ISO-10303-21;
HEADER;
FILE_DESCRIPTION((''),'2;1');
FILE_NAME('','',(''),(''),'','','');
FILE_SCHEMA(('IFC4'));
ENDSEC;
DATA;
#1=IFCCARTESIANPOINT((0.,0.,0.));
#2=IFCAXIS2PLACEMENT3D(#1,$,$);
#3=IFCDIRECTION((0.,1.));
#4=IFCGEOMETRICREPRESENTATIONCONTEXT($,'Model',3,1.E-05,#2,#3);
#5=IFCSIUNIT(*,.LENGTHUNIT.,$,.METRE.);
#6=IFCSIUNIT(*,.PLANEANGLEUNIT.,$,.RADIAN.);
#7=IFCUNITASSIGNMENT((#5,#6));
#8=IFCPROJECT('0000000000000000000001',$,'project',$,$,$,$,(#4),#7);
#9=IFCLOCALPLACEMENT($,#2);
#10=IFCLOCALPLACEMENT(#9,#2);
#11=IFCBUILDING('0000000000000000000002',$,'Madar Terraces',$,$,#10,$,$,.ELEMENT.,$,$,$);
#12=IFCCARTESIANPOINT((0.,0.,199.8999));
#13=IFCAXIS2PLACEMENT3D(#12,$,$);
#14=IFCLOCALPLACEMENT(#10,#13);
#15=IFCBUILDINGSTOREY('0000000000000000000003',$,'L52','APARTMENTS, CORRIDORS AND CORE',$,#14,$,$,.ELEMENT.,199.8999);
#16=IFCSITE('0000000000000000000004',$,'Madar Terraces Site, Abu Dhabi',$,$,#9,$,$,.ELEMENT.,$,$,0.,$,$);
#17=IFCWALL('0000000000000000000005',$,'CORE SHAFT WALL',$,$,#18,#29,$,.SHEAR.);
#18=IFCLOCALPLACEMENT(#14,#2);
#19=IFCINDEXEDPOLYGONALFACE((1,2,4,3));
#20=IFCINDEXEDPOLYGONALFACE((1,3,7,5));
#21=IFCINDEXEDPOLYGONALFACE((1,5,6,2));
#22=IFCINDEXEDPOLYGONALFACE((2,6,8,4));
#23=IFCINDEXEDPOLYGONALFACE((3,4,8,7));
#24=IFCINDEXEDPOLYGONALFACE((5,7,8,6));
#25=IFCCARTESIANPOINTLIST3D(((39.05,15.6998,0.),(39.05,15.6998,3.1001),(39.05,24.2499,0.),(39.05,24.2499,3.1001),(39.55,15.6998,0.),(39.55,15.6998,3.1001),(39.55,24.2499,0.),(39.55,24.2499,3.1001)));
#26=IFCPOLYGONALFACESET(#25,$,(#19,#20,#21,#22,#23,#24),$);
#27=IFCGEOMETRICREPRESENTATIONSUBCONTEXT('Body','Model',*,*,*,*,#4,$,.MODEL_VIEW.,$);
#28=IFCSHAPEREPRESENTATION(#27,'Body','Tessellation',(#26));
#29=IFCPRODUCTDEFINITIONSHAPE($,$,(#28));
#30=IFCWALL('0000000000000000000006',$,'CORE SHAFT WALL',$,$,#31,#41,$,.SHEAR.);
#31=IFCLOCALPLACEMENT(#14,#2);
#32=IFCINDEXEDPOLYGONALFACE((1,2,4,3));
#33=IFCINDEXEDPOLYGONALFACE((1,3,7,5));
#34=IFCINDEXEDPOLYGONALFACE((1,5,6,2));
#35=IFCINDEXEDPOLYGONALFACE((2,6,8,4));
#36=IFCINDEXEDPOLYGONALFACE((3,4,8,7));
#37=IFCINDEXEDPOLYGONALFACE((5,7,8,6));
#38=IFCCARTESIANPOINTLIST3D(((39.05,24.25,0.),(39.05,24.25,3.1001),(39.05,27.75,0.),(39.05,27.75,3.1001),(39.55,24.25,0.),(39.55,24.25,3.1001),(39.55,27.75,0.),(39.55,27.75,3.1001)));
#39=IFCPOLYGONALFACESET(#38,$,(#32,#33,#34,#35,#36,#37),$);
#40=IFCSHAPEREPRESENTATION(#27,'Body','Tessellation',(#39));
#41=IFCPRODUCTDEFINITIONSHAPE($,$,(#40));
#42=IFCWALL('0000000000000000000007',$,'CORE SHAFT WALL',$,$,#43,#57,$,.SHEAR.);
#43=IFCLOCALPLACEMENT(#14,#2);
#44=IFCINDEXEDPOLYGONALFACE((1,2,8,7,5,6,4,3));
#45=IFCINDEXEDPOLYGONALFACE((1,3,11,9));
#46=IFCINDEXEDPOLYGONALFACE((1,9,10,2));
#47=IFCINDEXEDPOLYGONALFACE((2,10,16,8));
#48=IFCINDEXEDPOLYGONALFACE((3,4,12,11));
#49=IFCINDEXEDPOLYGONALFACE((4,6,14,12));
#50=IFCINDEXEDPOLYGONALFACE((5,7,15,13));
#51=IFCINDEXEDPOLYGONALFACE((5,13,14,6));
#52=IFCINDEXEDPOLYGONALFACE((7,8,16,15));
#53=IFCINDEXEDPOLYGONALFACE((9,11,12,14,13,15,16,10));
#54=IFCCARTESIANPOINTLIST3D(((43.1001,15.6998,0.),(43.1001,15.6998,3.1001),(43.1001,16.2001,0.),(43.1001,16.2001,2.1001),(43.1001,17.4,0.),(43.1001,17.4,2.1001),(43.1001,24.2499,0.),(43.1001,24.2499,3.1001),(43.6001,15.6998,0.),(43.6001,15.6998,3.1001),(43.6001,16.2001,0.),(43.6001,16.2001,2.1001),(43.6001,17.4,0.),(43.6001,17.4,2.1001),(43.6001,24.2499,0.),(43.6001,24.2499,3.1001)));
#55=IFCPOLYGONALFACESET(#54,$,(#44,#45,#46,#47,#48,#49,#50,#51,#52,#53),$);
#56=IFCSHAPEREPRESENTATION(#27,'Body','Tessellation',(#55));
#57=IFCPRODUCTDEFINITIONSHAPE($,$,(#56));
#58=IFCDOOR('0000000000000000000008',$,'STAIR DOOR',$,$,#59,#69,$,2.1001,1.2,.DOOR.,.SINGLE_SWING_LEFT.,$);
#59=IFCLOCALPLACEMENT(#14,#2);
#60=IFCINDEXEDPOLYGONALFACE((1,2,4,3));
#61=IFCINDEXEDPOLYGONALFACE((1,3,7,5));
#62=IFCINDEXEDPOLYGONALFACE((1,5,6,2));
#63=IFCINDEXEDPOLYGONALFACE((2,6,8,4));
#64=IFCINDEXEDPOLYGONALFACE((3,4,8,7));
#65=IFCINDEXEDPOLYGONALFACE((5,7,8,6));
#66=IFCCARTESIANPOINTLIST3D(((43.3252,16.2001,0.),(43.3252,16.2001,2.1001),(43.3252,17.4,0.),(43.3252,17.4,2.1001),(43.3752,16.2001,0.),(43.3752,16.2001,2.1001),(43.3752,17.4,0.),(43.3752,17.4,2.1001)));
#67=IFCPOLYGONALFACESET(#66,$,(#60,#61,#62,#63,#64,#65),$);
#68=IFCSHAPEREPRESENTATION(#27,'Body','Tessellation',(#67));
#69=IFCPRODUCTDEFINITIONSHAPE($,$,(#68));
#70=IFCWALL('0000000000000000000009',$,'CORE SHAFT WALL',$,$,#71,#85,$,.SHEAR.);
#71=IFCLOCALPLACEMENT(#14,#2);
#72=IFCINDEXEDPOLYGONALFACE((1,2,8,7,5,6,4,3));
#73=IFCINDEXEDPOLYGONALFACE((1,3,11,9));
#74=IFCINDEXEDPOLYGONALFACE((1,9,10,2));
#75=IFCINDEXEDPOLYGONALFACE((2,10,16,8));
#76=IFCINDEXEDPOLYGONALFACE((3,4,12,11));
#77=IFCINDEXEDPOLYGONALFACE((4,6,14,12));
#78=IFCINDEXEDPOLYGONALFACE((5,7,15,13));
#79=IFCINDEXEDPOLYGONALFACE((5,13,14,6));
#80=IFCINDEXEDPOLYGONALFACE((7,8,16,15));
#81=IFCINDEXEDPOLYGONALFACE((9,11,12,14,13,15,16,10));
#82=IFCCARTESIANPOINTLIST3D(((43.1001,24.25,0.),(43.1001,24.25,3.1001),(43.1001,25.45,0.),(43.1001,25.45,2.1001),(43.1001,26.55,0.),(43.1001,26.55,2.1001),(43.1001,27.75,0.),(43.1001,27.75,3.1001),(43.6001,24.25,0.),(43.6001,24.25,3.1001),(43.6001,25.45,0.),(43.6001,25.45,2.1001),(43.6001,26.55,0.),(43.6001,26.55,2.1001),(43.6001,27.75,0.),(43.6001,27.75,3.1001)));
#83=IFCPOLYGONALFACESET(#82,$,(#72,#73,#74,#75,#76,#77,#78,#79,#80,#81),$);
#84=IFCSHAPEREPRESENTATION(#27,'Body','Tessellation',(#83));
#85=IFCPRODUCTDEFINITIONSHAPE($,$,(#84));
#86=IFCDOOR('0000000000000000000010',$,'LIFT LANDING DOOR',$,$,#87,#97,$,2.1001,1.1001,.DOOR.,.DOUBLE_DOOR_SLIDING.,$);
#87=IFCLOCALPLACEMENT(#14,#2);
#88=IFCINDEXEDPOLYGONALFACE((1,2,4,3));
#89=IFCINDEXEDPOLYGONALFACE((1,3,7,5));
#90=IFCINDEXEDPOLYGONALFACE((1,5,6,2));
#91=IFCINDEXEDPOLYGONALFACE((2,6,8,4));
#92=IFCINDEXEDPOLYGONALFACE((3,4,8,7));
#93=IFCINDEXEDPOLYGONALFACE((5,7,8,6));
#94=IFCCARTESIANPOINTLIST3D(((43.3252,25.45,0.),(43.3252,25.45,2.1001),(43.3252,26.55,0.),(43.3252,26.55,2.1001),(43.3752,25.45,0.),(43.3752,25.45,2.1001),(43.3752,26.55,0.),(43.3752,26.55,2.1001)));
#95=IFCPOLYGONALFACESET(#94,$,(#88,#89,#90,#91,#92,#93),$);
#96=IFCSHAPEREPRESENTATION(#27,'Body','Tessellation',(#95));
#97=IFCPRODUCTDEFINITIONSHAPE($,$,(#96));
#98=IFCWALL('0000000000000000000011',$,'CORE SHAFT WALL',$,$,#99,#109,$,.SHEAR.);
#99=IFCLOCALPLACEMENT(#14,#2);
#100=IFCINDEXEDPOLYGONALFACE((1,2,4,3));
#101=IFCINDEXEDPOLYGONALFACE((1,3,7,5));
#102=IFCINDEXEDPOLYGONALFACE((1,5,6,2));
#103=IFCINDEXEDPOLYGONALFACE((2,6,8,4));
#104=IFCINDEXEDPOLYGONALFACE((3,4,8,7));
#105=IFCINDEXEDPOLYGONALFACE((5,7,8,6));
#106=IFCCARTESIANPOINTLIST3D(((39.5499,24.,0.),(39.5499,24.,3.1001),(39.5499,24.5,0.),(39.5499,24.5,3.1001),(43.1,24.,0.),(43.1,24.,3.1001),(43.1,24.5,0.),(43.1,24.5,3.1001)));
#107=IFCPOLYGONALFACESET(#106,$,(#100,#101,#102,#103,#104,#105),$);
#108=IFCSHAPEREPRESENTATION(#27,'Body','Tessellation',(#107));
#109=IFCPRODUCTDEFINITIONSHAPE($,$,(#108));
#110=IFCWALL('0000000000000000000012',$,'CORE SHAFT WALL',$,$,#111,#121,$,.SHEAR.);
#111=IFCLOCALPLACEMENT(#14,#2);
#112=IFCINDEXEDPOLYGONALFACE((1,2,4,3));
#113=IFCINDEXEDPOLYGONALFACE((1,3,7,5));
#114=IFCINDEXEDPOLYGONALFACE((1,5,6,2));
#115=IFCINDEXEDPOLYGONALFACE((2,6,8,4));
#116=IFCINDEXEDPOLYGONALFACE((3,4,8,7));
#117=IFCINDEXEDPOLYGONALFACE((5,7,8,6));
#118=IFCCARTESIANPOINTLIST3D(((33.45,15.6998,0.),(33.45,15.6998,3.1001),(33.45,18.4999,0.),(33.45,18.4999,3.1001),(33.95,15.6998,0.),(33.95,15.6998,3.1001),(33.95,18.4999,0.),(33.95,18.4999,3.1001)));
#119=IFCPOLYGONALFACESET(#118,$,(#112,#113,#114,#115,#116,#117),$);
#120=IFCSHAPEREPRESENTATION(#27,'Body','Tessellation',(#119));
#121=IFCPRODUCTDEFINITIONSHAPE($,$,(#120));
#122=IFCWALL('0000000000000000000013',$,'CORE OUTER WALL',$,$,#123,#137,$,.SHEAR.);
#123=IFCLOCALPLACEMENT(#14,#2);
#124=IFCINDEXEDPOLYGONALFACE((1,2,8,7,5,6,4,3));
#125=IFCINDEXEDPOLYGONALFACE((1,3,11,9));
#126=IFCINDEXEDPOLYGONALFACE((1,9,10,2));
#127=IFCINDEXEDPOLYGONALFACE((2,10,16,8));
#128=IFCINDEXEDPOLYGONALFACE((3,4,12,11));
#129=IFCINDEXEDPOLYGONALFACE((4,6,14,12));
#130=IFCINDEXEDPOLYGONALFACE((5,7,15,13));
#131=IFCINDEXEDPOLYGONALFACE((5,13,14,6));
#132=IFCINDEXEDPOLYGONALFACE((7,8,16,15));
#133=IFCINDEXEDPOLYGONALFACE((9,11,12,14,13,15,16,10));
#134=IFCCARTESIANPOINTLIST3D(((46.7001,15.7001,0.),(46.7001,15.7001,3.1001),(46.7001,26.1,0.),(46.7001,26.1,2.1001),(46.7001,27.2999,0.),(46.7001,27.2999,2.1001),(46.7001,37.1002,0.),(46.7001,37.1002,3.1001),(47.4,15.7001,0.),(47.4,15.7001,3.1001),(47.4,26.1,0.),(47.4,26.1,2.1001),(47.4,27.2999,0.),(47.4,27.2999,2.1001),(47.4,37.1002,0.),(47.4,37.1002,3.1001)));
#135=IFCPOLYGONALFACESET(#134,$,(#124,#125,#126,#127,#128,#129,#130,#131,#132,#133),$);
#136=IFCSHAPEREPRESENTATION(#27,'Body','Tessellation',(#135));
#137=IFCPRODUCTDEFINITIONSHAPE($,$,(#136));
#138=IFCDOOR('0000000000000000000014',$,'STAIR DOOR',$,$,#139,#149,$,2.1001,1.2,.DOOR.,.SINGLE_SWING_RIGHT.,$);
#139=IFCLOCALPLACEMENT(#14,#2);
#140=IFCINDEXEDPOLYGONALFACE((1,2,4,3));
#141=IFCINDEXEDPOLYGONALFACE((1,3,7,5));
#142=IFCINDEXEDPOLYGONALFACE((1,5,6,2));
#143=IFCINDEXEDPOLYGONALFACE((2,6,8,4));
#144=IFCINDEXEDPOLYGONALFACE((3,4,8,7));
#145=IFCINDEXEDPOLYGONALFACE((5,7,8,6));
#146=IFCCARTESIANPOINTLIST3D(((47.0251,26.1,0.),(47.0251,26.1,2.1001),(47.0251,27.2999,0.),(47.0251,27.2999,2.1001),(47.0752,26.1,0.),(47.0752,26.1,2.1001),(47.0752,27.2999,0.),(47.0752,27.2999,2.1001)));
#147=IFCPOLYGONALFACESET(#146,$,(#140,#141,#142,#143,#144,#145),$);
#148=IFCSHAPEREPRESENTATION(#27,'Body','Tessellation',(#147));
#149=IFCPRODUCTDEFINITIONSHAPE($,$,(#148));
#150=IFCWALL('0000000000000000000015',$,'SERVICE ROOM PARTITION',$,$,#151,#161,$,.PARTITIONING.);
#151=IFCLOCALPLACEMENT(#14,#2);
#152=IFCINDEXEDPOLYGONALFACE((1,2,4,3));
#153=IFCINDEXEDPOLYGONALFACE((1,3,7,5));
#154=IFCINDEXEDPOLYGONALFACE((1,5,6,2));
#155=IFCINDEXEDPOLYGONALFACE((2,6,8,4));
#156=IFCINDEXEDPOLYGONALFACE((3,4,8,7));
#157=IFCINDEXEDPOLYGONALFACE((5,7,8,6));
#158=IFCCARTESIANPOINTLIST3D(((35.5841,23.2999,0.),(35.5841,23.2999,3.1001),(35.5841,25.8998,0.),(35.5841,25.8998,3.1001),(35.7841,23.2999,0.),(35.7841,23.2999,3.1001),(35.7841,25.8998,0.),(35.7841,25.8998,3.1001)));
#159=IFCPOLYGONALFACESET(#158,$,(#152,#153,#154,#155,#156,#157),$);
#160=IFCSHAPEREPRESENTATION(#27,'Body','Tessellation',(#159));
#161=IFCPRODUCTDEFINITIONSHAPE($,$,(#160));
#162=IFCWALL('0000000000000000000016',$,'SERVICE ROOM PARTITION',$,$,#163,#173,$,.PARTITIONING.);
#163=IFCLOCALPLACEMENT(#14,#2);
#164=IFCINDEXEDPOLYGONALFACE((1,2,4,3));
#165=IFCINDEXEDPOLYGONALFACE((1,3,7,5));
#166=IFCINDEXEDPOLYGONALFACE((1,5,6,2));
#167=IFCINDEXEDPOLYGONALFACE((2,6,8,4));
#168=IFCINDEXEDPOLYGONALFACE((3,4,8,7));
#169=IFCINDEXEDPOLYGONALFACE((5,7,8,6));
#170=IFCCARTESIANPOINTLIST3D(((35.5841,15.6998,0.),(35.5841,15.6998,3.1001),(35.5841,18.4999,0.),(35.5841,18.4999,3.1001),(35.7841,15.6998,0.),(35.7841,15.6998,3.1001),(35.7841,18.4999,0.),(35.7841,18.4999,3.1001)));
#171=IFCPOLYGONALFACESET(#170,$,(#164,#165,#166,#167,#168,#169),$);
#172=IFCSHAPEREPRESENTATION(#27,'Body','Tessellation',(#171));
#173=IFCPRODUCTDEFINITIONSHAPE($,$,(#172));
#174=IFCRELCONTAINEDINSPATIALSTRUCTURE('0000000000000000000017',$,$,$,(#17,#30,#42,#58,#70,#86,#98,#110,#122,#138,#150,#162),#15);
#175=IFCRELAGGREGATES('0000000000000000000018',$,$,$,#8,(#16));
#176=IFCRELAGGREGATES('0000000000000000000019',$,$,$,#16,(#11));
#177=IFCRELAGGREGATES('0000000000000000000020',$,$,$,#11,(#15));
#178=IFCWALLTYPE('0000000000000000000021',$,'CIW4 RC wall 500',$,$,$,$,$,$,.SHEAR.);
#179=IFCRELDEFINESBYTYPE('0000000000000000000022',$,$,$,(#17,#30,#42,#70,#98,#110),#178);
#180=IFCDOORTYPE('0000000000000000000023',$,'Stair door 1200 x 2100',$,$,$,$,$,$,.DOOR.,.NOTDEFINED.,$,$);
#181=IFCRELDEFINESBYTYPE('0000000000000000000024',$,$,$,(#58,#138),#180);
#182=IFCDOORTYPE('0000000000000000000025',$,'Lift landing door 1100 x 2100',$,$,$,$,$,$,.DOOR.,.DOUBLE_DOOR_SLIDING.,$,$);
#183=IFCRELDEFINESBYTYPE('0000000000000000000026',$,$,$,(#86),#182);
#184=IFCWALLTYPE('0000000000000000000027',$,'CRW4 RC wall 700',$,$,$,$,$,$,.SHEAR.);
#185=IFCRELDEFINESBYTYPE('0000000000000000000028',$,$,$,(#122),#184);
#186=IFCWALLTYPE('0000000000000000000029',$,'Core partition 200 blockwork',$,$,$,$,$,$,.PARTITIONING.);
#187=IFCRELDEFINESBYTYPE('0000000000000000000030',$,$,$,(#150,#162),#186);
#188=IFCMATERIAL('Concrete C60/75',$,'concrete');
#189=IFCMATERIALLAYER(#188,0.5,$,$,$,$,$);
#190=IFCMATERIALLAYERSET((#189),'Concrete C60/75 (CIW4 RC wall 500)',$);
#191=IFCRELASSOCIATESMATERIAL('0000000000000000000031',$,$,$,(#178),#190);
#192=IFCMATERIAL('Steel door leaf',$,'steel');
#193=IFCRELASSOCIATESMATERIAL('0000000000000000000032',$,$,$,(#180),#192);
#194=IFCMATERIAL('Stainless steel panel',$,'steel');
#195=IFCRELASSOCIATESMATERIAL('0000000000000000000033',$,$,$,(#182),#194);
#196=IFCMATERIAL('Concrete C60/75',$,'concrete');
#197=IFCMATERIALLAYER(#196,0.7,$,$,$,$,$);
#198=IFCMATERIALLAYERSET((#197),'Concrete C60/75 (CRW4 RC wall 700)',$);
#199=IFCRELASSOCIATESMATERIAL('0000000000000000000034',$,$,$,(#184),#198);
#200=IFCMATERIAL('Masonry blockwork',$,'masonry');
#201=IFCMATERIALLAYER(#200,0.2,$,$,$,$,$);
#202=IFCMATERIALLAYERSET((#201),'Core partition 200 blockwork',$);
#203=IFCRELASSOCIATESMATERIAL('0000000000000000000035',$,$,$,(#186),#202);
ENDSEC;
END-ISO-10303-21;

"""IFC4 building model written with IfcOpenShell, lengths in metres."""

from ifc_helpers import new_model, si_unit, direction, frame, frame_2d, origin, place, context, subcontext, project, spatial, rectangle, extrude, material, layer, layer_set, type_object, element, fill, save


model = new_model("IFC4")

# Units and contexts
model_context = context("Model", 3, precision=1e-05, world=origin(), true_north=direction((0.0, 1.0)))
body_context = subcontext(model_context, "Body", "Model", "MODEL_VIEW")
ifc_project = project(units=[si_unit("LENGTHUNIT", "METRE"), si_unit("PLANEANGLEUNIT", "RADIAN")], contexts=[model_context])

# Site, building, storey
site_placement = place(None, origin())
site = spatial("IfcSite", under=ifc_project, at=site_placement, Name="Madar Terraces Site, Abu Dhabi", CompositionType="ELEMENT", RefElevation=0.0)
building_placement = place(site_placement, origin())
building = spatial("IfcBuilding", under=site, at=building_placement, Name="Madar Terraces", CompositionType="ELEMENT")
storey_placement = place(building_placement, frame((0.0, 0.0, 199.8999)))
storey = spatial("IfcBuildingStorey", under=building, at=storey_placement, Name="L52", Description="APARTMENTS, CORRIDORS AND CORE", CompositionType="ELEMENT", Elevation=199.8999)

# Walls
ifc_material_1 = material(Name="Concrete C60/75", Category="concrete")
ifc_layer_1 = layer(ifc_material_1, 0.5)
ifc_layer_set_1 = layer_set([ifc_layer_1], Name="Concrete C60/75 (CIW4 RC wall 500)")
wall_type_1 = type_object("IfcWallType", Name="CIW4 RC wall 500", PredefinedType="SHEAR", material=ifc_layer_set_1)
wall_1_placement = place(storey_placement, frame((39.3, 15.7, 0.0), z_axis=(0.0, 0.0, 1.0), x_axis=(0.0, 1.0, 0.0)))
element("IfcWall", 1, at=wall_1_placement, inside=storey, type_object=wall_type_1, Name="CORE SHAFT WALL", PredefinedType="SHEAR", context=body_context, shape_type="SweptSolid", body=[
    extrude(rectangle(XDim=8.55, YDim=0.5, at=frame_2d((4.2749, 0.0))), origin(), (0.0, 0.0, 1.0), 3.1001),
])
wall_2_placement = place(storey_placement, frame((39.3, 24.25, 0.0), z_axis=(0.0, 0.0, 1.0), x_axis=(0.0, 1.0, 0.0)))
element("IfcWall", 2, at=wall_2_placement, inside=storey, type_object=wall_type_1, Name="CORE SHAFT WALL", PredefinedType="SHEAR", context=body_context, shape_type="SweptSolid", body=[
    extrude(rectangle(XDim=3.5, YDim=0.5, at=frame_2d((1.75, 0.0))), origin(), (0.0, 0.0, 1.0), 3.1001),
])

# Walls, openings, doors
wall_3_placement = place(storey_placement, frame((43.3501, 15.7, 0.0), z_axis=(0.0, 0.0, 1.0), x_axis=(0.0, 1.0, 0.0)))
wall_3 = element("IfcWall", 3, at=wall_3_placement, inside=storey, type_object=wall_type_1, Name="CORE SHAFT WALL", PredefinedType="SHEAR", context=body_context, shape_type="SweptSolid", body=[
    extrude(rectangle(XDim=8.55, YDim=0.5, at=frame_2d((4.2749, 0.0))), origin(), (0.0, 0.0, 1.0), 3.1001),
])
opening_1_placement = place(wall_3_placement, frame((0.5, 0.0, 0.0)))
opening_1 = element("IfcOpeningElement", 4, at=opening_1_placement, cuts=wall_3, PredefinedType="OPENING", context=body_context, shape_type="SweptSolid", body=[
    extrude(rectangle(XDim=1.2, YDim=2.1001, at=frame_2d((0.6001, 1.05))), frame((0.0, 0.26, 0.0), z_axis=(0.0, -1.0, 0.0), x_axis=(1.0, 0.0, 0.0)), (0.0, 0.0, 1.0), 0.52),
])
ifc_material_2 = material(Name="Steel door leaf", Category="steel")
door_type_1 = type_object("IfcDoorType", Name="Stair door 1200 x 2100", OperationType="NOTDEFINED", PredefinedType="DOOR", material=ifc_material_2)
door_1_placement = place(opening_1_placement, origin())
door_1 = element("IfcDoor", 5, at=door_1_placement, inside=storey, type_object=door_type_1, Name="STAIR DOOR", OperationType="SINGLE_SWING_LEFT", OverallHeight=2.1001, OverallWidth=1.2, PredefinedType="DOOR", context=body_context, shape_type="SweptSolid", body=[
    extrude(rectangle(XDim=1.2, YDim=2.1001, at=frame_2d((0.6001, 1.05))), frame((0.0, 0.0249, 0.0), z_axis=(0.0, -1.0, 0.0), x_axis=(1.0, 0.0, 0.0)), (0.0, 0.0, 1.0), 0.05),
])
fill(opening_1, door_1)
wall_4_placement = place(storey_placement, frame((43.3501, 24.25, 0.0), z_axis=(0.0, 0.0, 1.0), x_axis=(0.0, 1.0, 0.0)))
wall_4 = element("IfcWall", 6, at=wall_4_placement, inside=storey, type_object=wall_type_1, Name="CORE SHAFT WALL", PredefinedType="SHEAR", context=body_context, shape_type="SweptSolid", body=[
    extrude(rectangle(XDim=3.5, YDim=0.5, at=frame_2d((1.75, 0.0))), origin(), (0.0, 0.0, 1.0), 3.1001),
])
opening_2_placement = place(wall_4_placement, frame((1.2, 0.0, 0.0)))
opening_2 = element("IfcOpeningElement", 7, at=opening_2_placement, cuts=wall_4, PredefinedType="OPENING", context=body_context, shape_type="SweptSolid", body=[
    extrude(rectangle(XDim=1.1001, YDim=2.1001, at=frame_2d((0.55, 1.05))), frame((0.0, 0.26, 0.0), z_axis=(0.0, -1.0, 0.0), x_axis=(1.0, 0.0, 0.0)), (0.0, 0.0, 1.0), 0.52),
])
ifc_material_3 = material(Name="Stainless steel panel", Category="steel")
door_type_2 = type_object("IfcDoorType", Name="Lift landing door 1100 x 2100", OperationType="DOUBLE_DOOR_SLIDING", PredefinedType="DOOR", material=ifc_material_3)
door_2_placement = place(opening_2_placement, origin())
door_2 = element("IfcDoor", 8, at=door_2_placement, inside=storey, type_object=door_type_2, Name="LIFT LANDING DOOR", OperationType="DOUBLE_DOOR_SLIDING", OverallHeight=2.1001, OverallWidth=1.1001, PredefinedType="DOOR", context=body_context, shape_type="SweptSolid", body=[
    extrude(rectangle(XDim=1.1001, YDim=2.1001, at=frame_2d((0.55, 1.05))), frame((0.0, 0.0249, 0.0), z_axis=(0.0, -1.0, 0.0), x_axis=(1.0, 0.0, 0.0)), (0.0, 0.0, 1.0), 0.05),
])
fill(opening_2, door_2)

# Walls
wall_5_placement = place(storey_placement, frame((39.55, 24.25, 0.0), z_axis=(0.0, 0.0, 1.0), x_axis=(1.0, 0.0, 0.0)))
element("IfcWall", 9, at=wall_5_placement, inside=storey, type_object=wall_type_1, Name="CORE SHAFT WALL", PredefinedType="SHEAR", context=body_context, shape_type="SweptSolid", body=[
    extrude(rectangle(XDim=3.55, YDim=0.5, at=frame_2d((1.7749, 0.0))), origin(), (0.0, 0.0, 1.0), 3.1001),
])
wall_6_placement = place(storey_placement, frame((33.7, 15.7, 0.0), z_axis=(0.0, 0.0, 1.0), x_axis=(0.0, 1.0, 0.0)))
element("IfcWall", 10, at=wall_6_placement, inside=storey, type_object=wall_type_1, Name="CORE SHAFT WALL", PredefinedType="SHEAR", context=body_context, shape_type="SweptSolid", body=[
    extrude(rectangle(XDim=2.8, YDim=0.5, at=frame_2d((1.3999, 0.0))), origin(), (0.0, 0.0, 1.0), 3.1001),
])

# Wall, opening, door
ifc_material_4 = material(Name="Concrete C60/75", Category="concrete")
ifc_layer_2 = layer(ifc_material_4, 0.7)
ifc_layer_set_2 = layer_set([ifc_layer_2], Name="Concrete C60/75 (CRW4 RC wall 700)")
wall_type_2 = type_object("IfcWallType", Name="CRW4 RC wall 700", PredefinedType="SHEAR", material=ifc_layer_set_2)
wall_7_placement = place(storey_placement, frame((47.05, 15.7, 0.0), z_axis=(0.0, 0.0, 1.0), x_axis=(0.0, 1.0, 0.0)))
wall_7 = element("IfcWall", 11, at=wall_7_placement, inside=storey, type_object=wall_type_2, Name="CORE OUTER WALL", PredefinedType="SHEAR", context=body_context, shape_type="SweptSolid", body=[
    extrude(rectangle(XDim=21.4001, YDim=0.7, at=frame_2d((10.7002, 0.0))), origin(), (0.0, 0.0, 1.0), 3.1001),
])
opening_3_placement = place(wall_7_placement, frame((10.3999, 0.0, 0.0)))
opening_3 = element("IfcOpeningElement", 12, at=opening_3_placement, cuts=wall_7, PredefinedType="OPENING", context=body_context, shape_type="SweptSolid", body=[
    extrude(rectangle(XDim=1.2, YDim=2.1001, at=frame_2d((0.6001, 1.05))), frame((0.0, 0.3599, 0.0), z_axis=(0.0, -1.0, 0.0), x_axis=(1.0, 0.0, 0.0)), (0.0, 0.0, 1.0), 0.72),
])
door_3_placement = place(opening_3_placement, origin())
door_3 = element("IfcDoor", 13, at=door_3_placement, inside=storey, type_object=door_type_1, Name="STAIR DOOR", OperationType="SINGLE_SWING_RIGHT", OverallHeight=2.1001, OverallWidth=1.2, PredefinedType="DOOR", context=body_context, shape_type="SweptSolid", body=[
    extrude(rectangle(XDim=1.2, YDim=2.1001, at=frame_2d((0.6001, 1.05))), frame((0.0, 0.0249, 0.0), z_axis=(0.0, -1.0, 0.0), x_axis=(1.0, 0.0, 0.0)), (0.0, 0.0, 1.0), 0.05),
])
fill(opening_3, door_3)

# Walls
ifc_material_5 = material(Name="Masonry blockwork", Category="masonry")
ifc_layer_3 = layer(ifc_material_5, 0.2)
ifc_layer_set_3 = layer_set([ifc_layer_3], Name="Core partition 200 blockwork")
wall_type_3 = type_object("IfcWallType", Name="Core partition 200 blockwork", PredefinedType="PARTITIONING", material=ifc_layer_set_3)
wall_8_placement = place(storey_placement, frame((35.6841, 23.3, 0.0), z_axis=(0.0, 0.0, 1.0), x_axis=(0.0, 1.0, 0.0)))
element("IfcWall", 14, at=wall_8_placement, inside=storey, type_object=wall_type_3, Name="SERVICE ROOM PARTITION", PredefinedType="PARTITIONING", context=body_context, shape_type="SweptSolid", body=[
    extrude(rectangle(XDim=2.5999, YDim=0.2, at=frame_2d((1.2998, 0.0))), origin(), (0.0, 0.0, 1.0), 3.1001),
])
wall_9_placement = place(storey_placement, frame((35.6841, 15.7, 0.0), z_axis=(0.0, 0.0, 1.0), x_axis=(0.0, 1.0, 0.0)))
element("IfcWall", 15, at=wall_9_placement, inside=storey, type_object=wall_type_3, Name="SERVICE ROOM PARTITION", PredefinedType="PARTITIONING", context=body_context, shape_type="SweptSolid", body=[
    extrude(rectangle(XDim=2.8, YDim=0.2, at=frame_2d((1.3999, 0.0))), origin(), (0.0, 0.0, 1.0), 3.1001),
])

save(model, "model.ifc")
